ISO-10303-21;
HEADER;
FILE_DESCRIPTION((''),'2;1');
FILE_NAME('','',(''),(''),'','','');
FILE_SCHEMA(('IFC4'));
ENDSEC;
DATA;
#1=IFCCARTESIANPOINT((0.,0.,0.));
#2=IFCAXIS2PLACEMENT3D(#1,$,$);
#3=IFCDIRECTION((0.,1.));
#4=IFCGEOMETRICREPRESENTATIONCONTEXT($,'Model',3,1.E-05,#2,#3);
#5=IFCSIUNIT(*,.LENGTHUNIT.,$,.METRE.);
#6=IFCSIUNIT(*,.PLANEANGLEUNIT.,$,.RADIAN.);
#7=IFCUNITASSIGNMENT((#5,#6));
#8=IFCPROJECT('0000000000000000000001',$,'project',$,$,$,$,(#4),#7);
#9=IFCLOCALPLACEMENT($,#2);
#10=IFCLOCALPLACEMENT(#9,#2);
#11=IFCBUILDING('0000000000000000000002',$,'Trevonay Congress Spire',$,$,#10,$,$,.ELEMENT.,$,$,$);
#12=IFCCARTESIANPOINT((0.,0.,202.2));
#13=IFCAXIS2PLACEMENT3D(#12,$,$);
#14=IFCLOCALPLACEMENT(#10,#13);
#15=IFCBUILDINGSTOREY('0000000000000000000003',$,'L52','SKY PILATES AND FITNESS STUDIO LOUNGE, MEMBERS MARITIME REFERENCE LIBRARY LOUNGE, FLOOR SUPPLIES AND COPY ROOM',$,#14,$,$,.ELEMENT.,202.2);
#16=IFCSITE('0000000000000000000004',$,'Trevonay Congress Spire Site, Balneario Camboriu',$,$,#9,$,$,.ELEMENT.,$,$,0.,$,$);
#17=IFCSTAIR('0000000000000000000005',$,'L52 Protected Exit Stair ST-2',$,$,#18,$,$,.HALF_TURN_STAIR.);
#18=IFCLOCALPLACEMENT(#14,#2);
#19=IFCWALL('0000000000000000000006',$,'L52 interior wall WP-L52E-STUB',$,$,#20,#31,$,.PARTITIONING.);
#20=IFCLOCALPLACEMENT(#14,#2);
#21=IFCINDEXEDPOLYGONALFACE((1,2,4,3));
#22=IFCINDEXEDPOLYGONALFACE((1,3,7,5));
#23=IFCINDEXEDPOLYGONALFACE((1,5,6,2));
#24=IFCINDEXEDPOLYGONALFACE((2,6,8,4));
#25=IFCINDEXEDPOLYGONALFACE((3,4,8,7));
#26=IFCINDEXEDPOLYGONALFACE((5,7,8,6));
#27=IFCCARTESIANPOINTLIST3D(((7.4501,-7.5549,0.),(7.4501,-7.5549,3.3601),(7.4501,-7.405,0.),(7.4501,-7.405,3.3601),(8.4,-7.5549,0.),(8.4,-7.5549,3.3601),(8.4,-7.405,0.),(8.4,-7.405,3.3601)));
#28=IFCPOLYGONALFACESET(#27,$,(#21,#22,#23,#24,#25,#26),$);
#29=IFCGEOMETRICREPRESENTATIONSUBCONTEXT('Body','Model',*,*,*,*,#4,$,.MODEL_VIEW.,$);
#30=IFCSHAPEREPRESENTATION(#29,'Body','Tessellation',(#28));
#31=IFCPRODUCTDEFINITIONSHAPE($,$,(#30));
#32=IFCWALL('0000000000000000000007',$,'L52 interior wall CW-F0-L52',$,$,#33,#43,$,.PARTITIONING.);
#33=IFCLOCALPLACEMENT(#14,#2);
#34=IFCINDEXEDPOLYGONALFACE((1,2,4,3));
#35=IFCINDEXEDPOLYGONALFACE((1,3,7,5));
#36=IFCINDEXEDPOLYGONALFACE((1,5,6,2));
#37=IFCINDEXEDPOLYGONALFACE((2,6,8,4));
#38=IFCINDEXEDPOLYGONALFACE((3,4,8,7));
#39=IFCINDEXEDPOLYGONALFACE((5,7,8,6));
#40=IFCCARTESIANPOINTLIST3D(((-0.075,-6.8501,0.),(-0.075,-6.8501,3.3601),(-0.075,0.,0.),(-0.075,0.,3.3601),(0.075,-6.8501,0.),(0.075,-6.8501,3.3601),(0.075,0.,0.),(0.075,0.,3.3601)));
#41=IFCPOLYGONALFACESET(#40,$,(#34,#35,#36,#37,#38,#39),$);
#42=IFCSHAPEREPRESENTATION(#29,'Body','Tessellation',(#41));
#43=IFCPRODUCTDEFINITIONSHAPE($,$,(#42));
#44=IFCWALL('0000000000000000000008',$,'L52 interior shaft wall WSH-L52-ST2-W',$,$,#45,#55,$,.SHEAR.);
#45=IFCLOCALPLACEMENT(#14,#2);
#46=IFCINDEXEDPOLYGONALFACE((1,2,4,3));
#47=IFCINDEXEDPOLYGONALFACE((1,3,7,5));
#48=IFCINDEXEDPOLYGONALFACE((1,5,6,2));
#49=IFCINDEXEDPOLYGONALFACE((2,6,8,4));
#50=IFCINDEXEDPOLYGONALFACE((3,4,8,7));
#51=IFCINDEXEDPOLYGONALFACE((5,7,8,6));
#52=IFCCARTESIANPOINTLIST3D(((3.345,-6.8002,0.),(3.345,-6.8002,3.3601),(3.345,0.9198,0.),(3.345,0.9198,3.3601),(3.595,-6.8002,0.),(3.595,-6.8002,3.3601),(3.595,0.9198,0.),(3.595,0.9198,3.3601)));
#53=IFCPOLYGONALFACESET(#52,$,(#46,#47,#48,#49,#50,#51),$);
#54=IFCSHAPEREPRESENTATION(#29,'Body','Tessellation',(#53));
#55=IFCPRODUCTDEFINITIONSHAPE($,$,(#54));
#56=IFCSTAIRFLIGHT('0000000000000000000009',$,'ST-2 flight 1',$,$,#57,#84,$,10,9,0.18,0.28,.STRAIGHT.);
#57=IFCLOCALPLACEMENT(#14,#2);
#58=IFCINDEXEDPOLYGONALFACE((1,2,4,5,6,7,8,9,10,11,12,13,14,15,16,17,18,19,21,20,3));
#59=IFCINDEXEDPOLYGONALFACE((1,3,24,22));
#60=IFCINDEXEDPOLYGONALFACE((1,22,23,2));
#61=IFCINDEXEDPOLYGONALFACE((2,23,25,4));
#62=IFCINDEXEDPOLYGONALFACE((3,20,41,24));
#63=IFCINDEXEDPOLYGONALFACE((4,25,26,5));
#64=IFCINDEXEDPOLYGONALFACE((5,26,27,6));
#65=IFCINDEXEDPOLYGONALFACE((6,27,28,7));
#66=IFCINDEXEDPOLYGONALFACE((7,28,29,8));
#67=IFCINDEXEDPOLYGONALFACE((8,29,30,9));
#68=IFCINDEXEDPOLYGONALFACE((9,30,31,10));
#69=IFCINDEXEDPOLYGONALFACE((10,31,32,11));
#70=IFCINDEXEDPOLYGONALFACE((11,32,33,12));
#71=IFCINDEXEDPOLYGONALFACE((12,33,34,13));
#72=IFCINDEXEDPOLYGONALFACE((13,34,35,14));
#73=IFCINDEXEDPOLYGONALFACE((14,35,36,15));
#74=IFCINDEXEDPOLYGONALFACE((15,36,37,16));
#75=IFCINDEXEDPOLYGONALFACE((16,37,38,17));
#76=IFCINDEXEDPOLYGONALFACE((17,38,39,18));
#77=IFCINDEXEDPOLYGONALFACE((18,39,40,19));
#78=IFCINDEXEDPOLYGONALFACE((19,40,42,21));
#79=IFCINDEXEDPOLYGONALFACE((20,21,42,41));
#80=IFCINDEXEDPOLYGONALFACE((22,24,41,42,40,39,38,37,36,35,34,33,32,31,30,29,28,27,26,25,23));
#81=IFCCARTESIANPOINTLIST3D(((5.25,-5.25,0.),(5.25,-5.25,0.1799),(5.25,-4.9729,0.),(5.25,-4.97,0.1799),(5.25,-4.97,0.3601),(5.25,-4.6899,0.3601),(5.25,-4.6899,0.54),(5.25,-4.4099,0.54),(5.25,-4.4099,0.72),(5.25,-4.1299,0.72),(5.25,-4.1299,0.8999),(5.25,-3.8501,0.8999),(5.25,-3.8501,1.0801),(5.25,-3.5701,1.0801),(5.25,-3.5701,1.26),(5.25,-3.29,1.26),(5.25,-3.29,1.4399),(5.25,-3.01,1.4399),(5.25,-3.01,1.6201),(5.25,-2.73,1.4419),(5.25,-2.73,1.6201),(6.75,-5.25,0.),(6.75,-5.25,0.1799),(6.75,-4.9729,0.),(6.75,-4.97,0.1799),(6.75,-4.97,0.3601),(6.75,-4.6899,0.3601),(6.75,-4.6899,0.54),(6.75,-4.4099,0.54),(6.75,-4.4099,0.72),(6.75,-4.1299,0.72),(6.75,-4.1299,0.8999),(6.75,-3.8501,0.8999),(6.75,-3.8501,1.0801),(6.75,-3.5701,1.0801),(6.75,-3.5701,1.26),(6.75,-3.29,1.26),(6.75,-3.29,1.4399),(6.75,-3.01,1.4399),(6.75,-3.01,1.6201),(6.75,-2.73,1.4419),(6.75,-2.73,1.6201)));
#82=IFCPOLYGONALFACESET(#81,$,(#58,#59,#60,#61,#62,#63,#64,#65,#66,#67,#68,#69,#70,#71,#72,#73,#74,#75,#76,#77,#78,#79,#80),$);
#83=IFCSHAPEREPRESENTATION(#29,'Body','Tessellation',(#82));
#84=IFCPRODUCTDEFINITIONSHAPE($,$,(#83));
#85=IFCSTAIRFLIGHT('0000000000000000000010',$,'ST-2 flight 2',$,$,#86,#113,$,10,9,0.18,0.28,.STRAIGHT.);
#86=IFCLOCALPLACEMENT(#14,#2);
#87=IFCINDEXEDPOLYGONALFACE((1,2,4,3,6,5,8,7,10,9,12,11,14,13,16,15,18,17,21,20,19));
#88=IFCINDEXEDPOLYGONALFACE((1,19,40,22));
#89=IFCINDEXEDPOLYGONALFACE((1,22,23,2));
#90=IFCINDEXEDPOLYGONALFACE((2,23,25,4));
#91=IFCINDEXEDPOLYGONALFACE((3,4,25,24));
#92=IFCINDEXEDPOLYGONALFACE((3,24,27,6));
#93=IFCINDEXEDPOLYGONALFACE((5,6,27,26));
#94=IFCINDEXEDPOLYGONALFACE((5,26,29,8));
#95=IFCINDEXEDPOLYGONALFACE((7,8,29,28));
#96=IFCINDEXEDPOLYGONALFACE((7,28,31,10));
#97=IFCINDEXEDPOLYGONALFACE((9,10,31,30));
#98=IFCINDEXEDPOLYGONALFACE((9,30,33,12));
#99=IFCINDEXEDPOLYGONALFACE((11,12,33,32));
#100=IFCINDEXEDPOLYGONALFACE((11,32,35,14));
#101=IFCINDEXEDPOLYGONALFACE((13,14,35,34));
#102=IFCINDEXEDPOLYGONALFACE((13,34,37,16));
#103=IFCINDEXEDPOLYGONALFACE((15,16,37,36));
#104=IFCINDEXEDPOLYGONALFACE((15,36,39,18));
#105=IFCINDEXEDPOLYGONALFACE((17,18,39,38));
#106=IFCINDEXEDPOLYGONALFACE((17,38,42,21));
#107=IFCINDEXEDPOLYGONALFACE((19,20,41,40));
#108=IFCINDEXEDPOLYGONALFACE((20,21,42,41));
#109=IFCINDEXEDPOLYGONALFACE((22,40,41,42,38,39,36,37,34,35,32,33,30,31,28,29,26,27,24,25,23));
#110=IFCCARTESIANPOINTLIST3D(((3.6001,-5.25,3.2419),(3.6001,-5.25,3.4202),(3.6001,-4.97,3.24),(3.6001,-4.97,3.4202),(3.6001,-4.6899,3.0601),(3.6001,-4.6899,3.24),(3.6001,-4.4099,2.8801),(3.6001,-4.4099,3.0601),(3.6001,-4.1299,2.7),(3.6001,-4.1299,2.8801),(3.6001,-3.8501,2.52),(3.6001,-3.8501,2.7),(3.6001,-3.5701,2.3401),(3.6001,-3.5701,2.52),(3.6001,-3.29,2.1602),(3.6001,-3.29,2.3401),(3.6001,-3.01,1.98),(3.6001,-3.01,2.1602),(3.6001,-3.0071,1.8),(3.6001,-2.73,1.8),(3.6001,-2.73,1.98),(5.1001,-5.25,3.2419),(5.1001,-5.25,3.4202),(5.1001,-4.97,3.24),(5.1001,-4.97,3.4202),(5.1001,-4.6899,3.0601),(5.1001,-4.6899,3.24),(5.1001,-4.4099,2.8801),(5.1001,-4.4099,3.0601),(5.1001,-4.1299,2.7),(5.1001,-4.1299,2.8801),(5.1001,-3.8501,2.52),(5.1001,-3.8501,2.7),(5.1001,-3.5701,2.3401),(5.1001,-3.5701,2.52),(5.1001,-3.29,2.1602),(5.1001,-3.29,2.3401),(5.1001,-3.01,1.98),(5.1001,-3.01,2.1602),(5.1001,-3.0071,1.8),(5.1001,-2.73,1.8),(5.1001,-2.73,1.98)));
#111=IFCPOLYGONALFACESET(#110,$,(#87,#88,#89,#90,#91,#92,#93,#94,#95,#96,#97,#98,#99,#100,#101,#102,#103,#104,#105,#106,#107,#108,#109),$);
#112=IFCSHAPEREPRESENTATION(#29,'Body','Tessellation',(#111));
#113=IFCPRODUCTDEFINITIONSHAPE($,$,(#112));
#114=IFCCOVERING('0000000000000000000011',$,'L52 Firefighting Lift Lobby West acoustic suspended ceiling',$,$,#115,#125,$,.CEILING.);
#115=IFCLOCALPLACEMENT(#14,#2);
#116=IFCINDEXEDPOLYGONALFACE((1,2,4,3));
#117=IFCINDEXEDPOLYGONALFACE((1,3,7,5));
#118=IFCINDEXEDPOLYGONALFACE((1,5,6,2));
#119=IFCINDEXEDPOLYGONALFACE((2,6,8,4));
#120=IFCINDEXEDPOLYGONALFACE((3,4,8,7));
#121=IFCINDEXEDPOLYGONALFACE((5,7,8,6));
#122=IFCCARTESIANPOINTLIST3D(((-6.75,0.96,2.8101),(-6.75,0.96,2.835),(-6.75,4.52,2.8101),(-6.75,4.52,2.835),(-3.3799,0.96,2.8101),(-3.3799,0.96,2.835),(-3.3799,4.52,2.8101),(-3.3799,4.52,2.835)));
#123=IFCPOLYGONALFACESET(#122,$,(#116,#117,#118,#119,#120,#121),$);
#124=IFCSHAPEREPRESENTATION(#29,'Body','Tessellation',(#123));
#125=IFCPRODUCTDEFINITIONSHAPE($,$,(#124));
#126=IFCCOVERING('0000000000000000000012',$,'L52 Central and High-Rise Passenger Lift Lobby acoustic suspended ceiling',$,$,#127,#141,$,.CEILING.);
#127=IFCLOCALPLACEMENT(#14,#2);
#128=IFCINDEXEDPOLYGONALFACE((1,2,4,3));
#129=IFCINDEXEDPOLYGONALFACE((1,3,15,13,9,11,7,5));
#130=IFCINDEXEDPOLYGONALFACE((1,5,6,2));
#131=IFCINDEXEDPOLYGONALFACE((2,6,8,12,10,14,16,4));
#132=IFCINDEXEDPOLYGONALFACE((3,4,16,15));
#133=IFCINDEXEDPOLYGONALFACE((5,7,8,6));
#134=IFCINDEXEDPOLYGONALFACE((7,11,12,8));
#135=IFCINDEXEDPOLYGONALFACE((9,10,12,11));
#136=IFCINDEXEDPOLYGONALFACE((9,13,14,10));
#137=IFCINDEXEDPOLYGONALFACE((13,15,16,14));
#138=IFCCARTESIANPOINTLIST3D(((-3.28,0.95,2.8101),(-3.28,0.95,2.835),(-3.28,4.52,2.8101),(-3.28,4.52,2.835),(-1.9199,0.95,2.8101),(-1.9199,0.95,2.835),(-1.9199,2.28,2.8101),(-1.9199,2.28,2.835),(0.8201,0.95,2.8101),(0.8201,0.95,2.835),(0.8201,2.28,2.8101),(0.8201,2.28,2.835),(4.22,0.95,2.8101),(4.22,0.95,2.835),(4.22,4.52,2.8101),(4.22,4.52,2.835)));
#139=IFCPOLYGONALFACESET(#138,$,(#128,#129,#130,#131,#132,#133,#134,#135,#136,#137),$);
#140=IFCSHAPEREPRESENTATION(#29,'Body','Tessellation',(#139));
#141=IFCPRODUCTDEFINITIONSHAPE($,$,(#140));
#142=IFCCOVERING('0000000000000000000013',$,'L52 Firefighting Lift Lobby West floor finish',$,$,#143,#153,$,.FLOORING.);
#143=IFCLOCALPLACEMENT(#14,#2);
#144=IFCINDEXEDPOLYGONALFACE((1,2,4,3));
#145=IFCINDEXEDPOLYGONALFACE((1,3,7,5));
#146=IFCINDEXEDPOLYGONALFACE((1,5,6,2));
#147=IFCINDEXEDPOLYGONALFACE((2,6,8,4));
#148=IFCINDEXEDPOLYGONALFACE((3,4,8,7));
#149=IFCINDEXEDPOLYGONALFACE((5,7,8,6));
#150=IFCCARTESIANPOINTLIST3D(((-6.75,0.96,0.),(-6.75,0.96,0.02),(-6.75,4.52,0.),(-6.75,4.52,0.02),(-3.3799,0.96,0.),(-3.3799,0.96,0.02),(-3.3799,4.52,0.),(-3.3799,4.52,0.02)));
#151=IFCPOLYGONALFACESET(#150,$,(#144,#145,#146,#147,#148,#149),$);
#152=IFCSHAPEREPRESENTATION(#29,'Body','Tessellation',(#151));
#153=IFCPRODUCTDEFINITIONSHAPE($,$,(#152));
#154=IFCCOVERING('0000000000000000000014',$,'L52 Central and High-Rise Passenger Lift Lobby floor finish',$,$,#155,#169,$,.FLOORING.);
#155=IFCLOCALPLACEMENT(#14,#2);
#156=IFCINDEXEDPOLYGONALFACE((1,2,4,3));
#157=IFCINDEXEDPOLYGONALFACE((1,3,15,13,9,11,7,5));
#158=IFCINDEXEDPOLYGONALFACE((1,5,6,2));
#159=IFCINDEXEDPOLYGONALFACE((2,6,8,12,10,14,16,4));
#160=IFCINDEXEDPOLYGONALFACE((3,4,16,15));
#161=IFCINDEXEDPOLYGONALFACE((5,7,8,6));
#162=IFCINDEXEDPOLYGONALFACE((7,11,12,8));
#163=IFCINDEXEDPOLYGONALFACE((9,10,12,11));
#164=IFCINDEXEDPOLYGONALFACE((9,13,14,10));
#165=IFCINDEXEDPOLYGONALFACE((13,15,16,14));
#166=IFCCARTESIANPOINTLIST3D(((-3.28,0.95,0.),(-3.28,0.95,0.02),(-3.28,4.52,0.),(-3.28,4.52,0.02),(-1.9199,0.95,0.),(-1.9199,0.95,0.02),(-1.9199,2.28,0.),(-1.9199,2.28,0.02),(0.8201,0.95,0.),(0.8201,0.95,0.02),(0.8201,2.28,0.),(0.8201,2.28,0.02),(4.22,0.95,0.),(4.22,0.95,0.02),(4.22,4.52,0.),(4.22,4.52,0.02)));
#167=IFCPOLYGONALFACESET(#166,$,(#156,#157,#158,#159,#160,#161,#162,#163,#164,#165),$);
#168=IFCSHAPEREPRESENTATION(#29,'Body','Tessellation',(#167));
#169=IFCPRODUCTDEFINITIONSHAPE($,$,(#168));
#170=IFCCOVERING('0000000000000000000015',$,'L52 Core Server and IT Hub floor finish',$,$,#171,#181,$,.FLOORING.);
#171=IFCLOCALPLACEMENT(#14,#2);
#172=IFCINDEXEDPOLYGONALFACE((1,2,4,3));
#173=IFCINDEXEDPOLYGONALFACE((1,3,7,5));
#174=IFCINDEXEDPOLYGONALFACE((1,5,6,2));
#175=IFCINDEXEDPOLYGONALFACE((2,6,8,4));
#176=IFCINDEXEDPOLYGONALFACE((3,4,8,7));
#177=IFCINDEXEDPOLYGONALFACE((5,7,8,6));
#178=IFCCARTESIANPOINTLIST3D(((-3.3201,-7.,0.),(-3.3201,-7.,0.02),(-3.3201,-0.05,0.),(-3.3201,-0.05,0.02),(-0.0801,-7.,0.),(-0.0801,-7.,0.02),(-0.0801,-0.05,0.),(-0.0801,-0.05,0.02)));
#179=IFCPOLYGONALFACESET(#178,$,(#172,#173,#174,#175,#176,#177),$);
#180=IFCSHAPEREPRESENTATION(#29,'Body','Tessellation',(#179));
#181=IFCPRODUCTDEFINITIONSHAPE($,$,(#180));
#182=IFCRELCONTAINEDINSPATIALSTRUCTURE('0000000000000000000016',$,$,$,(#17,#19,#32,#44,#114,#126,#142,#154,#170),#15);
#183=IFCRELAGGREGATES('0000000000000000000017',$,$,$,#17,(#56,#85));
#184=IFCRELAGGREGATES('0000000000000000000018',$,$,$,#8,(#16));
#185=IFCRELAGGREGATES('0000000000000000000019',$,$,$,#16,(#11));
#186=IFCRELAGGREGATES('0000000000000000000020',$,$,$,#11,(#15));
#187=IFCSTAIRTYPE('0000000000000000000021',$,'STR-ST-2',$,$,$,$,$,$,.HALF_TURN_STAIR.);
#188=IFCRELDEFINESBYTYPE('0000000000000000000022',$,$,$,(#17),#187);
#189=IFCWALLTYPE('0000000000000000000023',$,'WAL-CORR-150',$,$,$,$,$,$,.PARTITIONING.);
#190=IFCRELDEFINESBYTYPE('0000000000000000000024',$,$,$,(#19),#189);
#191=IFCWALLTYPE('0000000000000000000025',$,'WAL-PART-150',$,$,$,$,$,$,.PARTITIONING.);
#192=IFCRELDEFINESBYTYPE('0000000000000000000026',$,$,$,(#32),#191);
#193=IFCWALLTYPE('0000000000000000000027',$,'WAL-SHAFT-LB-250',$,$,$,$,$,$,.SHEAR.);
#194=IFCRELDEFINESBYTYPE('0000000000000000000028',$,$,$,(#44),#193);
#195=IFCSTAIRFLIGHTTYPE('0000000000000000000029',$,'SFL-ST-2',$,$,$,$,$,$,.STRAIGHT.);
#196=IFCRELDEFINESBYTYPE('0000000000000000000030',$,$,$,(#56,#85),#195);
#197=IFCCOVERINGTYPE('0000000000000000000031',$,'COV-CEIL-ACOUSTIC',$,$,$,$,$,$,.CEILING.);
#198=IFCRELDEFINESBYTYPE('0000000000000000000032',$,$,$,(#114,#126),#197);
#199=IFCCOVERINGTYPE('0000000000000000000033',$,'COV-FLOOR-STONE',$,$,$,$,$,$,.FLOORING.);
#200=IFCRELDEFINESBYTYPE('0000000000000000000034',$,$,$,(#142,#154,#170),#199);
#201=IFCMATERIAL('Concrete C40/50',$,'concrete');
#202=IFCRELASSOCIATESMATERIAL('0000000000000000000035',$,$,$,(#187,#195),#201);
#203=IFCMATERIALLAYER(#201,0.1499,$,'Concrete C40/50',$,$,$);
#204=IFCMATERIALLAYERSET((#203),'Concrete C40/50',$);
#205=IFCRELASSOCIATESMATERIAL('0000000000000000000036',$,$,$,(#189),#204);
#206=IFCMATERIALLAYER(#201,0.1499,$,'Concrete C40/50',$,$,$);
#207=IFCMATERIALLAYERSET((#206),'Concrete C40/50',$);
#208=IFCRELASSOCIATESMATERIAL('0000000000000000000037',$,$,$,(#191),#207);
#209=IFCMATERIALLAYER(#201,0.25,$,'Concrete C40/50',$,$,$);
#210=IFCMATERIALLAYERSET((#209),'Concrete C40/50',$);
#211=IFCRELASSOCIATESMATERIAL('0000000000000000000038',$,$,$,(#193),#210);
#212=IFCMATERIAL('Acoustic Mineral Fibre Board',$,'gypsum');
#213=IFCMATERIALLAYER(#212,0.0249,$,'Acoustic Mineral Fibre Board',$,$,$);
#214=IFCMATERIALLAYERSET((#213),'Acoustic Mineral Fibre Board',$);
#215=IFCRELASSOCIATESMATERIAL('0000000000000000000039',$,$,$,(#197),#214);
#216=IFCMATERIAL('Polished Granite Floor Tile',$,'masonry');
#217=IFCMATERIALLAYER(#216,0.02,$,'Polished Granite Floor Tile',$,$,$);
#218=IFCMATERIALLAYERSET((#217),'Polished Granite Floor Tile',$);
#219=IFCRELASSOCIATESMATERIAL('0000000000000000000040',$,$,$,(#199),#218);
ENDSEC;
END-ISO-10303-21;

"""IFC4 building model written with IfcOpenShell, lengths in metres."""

from ifc_helpers import new_model, si_unit, direction, frame, frame_2d, origin, place, context, subcontext, project, spatial, polyline, rectangle, outline, extrude, material, layer, layer_set, type_object, element, aggregate, save


model = new_model("IFC4")

# Units and contexts
model_context = context("Model", 3, precision=1e-05, world=origin(), true_north=direction((0.0, 1.0)))
body_context = subcontext(model_context, "Body", "Model", "MODEL_VIEW")
ifc_project = project(units=[si_unit("LENGTHUNIT", "METRE"), si_unit("PLANEANGLEUNIT", "RADIAN")], contexts=[model_context])

# Site, building, storey
site_placement = place(None, origin())
site = spatial("IfcSite", under=ifc_project, at=site_placement, Name="Trevonay Congress Spire Site, Balneario Camboriu", CompositionType="ELEMENT", RefElevation=0.0)
building_placement = place(site_placement, origin())
building = spatial("IfcBuilding", under=site, at=building_placement, Name="Trevonay Congress Spire", CompositionType="ELEMENT")
storey_placement = place(building_placement, frame((0.0, 0.0, 202.2)))
storey = spatial("IfcBuildingStorey", under=building, at=storey_placement, Name="L52", Description="SKY PILATES AND FITNESS STUDIO LOUNGE, MEMBERS MARITIME REFERENCE LIBRARY LOUNGE, FLOOR SUPPLIES AND COPY ROOM", CompositionType="ELEMENT", Elevation=202.2)

# Stair
ifc_material_1 = material(Name="Concrete C40/50", Category="concrete")
stair_type = type_object("IfcStairType", Name="STR-ST-2", PredefinedType="HALF_TURN_STAIR", material=ifc_material_1)
stair_placement = place(storey_placement, origin())
stair = element("IfcStair", 1, at=stair_placement, inside=storey, type_object=stair_type, Name="L52 Protected Exit Stair ST-2", PredefinedType="HALF_TURN_STAIR")

# Walls
ifc_layer_1 = layer(ifc_material_1, 0.1499, Name="Concrete C40/50")
ifc_layer_set_1 = layer_set([ifc_layer_1], Name="Concrete C40/50")
wall_type_1 = type_object("IfcWallType", Name="WAL-CORR-150", PredefinedType="PARTITIONING", material=ifc_layer_set_1)
wall_1_placement = place(storey_placement, frame((7.45, -7.48, 0.0), z_axis=(0.0, 0.0, 1.0), x_axis=(1.0, 0.0, 0.0)))
element("IfcWall", 2, at=wall_1_placement, inside=storey, type_object=wall_type_1, Name="L52 interior wall WP-L52E-STUB", PredefinedType="PARTITIONING", context=body_context, shape_type="SweptSolid", body=[
    extrude(rectangle(XDim=0.95, YDim=0.1499, at=frame_2d((0.4751, 0.0))), origin(), (0.0, 0.0, 1.0), 3.3601),
])
ifc_layer_2 = layer(ifc_material_1, 0.1499, Name="Concrete C40/50")
ifc_layer_set_2 = layer_set([ifc_layer_2], Name="Concrete C40/50")
wall_type_2 = type_object("IfcWallType", Name="WAL-PART-150", PredefinedType="PARTITIONING", material=ifc_layer_set_2)
wall_2_placement = place(storey_placement, frame((0.0, -6.8501, 0.0), z_axis=(0.0, 0.0, 1.0), x_axis=(0.0, 1.0, 0.0)))
element("IfcWall", 3, at=wall_2_placement, inside=storey, type_object=wall_type_2, Name="L52 interior wall CW-F0-L52", PredefinedType="PARTITIONING", context=body_context, shape_type="SweptSolid", body=[
    extrude(rectangle(XDim=6.8501, YDim=0.1499, at=frame_2d((3.425, 0.0))), origin(), (0.0, 0.0, 1.0), 3.3601),
])
ifc_layer_3 = layer(ifc_material_1, 0.25, Name="Concrete C40/50")
ifc_layer_set_3 = layer_set([ifc_layer_3], Name="Concrete C40/50")
wall_type_3 = type_object("IfcWallType", Name="WAL-SHAFT-LB-250", PredefinedType="SHEAR", material=ifc_layer_set_3)
wall_3_placement = place(storey_placement, frame((3.47, -6.8, 0.0), z_axis=(0.0, 0.0, 1.0), x_axis=(0.0, 1.0, 0.0)))
element("IfcWall", 4, at=wall_3_placement, inside=storey, type_object=wall_type_3, Name="L52 interior shaft wall WSH-L52-ST2-W", PredefinedType="SHEAR", context=body_context, shape_type="SweptSolid", body=[
    extrude(rectangle(XDim=7.72, YDim=0.25, at=frame_2d((3.8599, 0.0))), origin(), (0.0, 0.0, 1.0), 3.3601),
])

# Stair flights
stair_flight_type = type_object("IfcStairFlightType", Name="SFL-ST-2", PredefinedType="STRAIGHT", material=ifc_material_1)
stair_flight_1_placement = place(storey_placement, frame((6.0, -5.25, 0.0), z_axis=(0.0, 0.0, 1.0), x_axis=(0.0, 1.0, 0.0)))
stair_flight_1 = element("IfcStairFlight", 5, at=stair_flight_1_placement, type_object=stair_flight_type, Name="ST-2 flight 1", NumberOfRisers=10, NumberOfTreads=9, PredefinedType="STRAIGHT", RiserHeight=0.18, TreadLength=0.28, context=body_context, shape_type="SweptSolid", body=[
    extrude(outline(polyline([(0.0, 0.0), (0.0, 0.1799), (0.28, 0.1799), (0.28, 0.3601), (0.5601, 0.3601), (0.5601, 0.54), (0.8401, 0.54), (0.8401, 0.72), (1.1201, 0.72), (1.1201, 0.8999), (1.3999, 0.8999), (1.3999, 1.0801), (1.6799, 1.0801), (1.6799, 1.26), (1.96, 1.26), (1.96, 1.4399), (2.24, 1.4399), (2.24, 1.6201), (2.52, 1.6201), (2.52, 1.8), (2.52, 1.4419), (0.2771, 0.0), (0.0, 0.0)])), frame((0.0, 0.75, 0.0), z_axis=(0.0, -1.0, 0.0), x_axis=(1.0, 0.0, 0.0)), (0.0, 0.0, 1.0), 1.5),
])
stair_flight_2_placement = place(storey_placement, frame((4.3501, -2.73, 1.8), z_axis=(0.0, 0.0, 1.0), x_axis=(0.0, -1.0, 0.0)))
stair_flight_2 = element("IfcStairFlight", 6, at=stair_flight_2_placement, type_object=stair_flight_type, Name="ST-2 flight 2", NumberOfRisers=10, NumberOfTreads=9, PredefinedType="STRAIGHT", RiserHeight=0.18, TreadLength=0.28, context=body_context, shape_type="SweptSolid", body=[
    extrude(outline(polyline([(0.0, 0.0), (0.0, 0.1799), (0.28, 0.1799), (0.28, 0.3601), (0.5601, 0.3601), (0.5601, 0.54), (0.8401, 0.54), (0.8401, 0.72), (1.1201, 0.72), (1.1201, 0.8999), (1.3999, 0.8999), (1.3999, 1.0801), (1.6799, 1.0801), (1.6799, 1.26), (1.96, 1.26), (1.96, 1.4399), (2.24, 1.4399), (2.24, 1.6201), (2.52, 1.6201), (2.52, 1.8), (2.52, 1.4419), (0.2771, 0.0), (0.0, 0.0)])), frame((0.0, 0.75, 0.0), z_axis=(0.0, -1.0, 0.0), x_axis=(1.0, 0.0, 0.0)), (0.0, 0.0, 1.0), 1.5),
])
aggregate(stair, [stair_flight_1, stair_flight_2])

# Coverings
ifc_material_2 = material(Name="Acoustic Mineral Fibre Board", Category="gypsum")
ifc_layer_4 = layer(ifc_material_2, 0.0249, Name="Acoustic Mineral Fibre Board")
ifc_layer_set_4 = layer_set([ifc_layer_4], Name="Acoustic Mineral Fibre Board")
covering_type_1 = type_object("IfcCoveringType", Name="COV-CEIL-ACOUSTIC", PredefinedType="CEILING", material=ifc_layer_set_4)
covering_1_placement = place(storey_placement, frame((0.0, 0.0, 2.8101)))
element("IfcCovering", 7, at=covering_1_placement, inside=storey, type_object=covering_type_1, Name="L52 Firefighting Lift Lobby West acoustic suspended ceiling", PredefinedType="CEILING", context=body_context, shape_type="SweptSolid", body=[
    extrude(outline(polyline([(-6.75, 0.96), (-3.3799, 0.96), (-3.3799, 4.52), (-6.75, 4.52), (-6.75, 0.96)])), origin(), (0.0, 0.0, 1.0), 0.0249),
])
covering_2_placement = place(storey_placement, frame((0.0, 0.0, 2.8101)))
element("IfcCovering", 8, at=covering_2_placement, inside=storey, type_object=covering_type_1, Name="L52 Central and High-Rise Passenger Lift Lobby acoustic suspended ceiling", PredefinedType="CEILING", context=body_context, shape_type="SweptSolid", body=[
    extrude(outline(polyline([(-3.28, 0.95), (-1.9199, 0.95), (-1.9199, 2.28), (0.8201, 2.28), (0.8201, 0.95), (4.22, 0.95), (4.22, 4.52), (-3.28, 4.52), (-3.28, 0.95)])), origin(), (0.0, 0.0, 1.0), 0.0249),
])
ifc_material_3 = material(Name="Polished Granite Floor Tile", Category="masonry")
ifc_layer_5 = layer(ifc_material_3, 0.02, Name="Polished Granite Floor Tile")
ifc_layer_set_5 = layer_set([ifc_layer_5], Name="Polished Granite Floor Tile")
covering_type_2 = type_object("IfcCoveringType", Name="COV-FLOOR-STONE", PredefinedType="FLOORING", material=ifc_layer_set_5)
covering_3_placement = place(storey_placement, origin())
element("IfcCovering", 9, at=covering_3_placement, inside=storey, type_object=covering_type_2, Name="L52 Firefighting Lift Lobby West floor finish", PredefinedType="FLOORING", context=body_context, shape_type="SweptSolid", body=[
    extrude(outline(polyline([(-6.75, 0.96), (-3.3799, 0.96), (-3.3799, 4.52), (-6.75, 4.52), (-6.75, 0.96)])), origin(), (0.0, 0.0, 1.0), 0.02),
])
covering_4_placement = place(storey_placement, origin())
element("IfcCovering", 10, at=covering_4_placement, inside=storey, type_object=covering_type_2, Name="L52 Central and High-Rise Passenger Lift Lobby floor finish", PredefinedType="FLOORING", context=body_context, shape_type="SweptSolid", body=[
    extrude(outline(polyline([(-3.28, 0.95), (-1.9199, 0.95), (-1.9199, 2.28), (0.8201, 2.28), (0.8201, 0.95), (4.22, 0.95), (4.22, 4.52), (-3.28, 4.52), (-3.28, 0.95)])), origin(), (0.0, 0.0, 1.0), 0.02),
])
covering_5_placement = place(storey_placement, origin())
element("IfcCovering", 11, at=covering_5_placement, inside=storey, type_object=covering_type_2, Name="L52 Core Server and IT Hub floor finish", PredefinedType="FLOORING", context=body_context, shape_type="SweptSolid", body=[
    extrude(outline(polyline([(-3.3201, -7.0), (-0.0801, -7.0), (-0.0801, -0.05), (-3.3201, -0.05), (-3.3201, -7.0)])), origin(), (0.0, 0.0, 1.0), 0.02),
])

save(model, "model.ifc")
